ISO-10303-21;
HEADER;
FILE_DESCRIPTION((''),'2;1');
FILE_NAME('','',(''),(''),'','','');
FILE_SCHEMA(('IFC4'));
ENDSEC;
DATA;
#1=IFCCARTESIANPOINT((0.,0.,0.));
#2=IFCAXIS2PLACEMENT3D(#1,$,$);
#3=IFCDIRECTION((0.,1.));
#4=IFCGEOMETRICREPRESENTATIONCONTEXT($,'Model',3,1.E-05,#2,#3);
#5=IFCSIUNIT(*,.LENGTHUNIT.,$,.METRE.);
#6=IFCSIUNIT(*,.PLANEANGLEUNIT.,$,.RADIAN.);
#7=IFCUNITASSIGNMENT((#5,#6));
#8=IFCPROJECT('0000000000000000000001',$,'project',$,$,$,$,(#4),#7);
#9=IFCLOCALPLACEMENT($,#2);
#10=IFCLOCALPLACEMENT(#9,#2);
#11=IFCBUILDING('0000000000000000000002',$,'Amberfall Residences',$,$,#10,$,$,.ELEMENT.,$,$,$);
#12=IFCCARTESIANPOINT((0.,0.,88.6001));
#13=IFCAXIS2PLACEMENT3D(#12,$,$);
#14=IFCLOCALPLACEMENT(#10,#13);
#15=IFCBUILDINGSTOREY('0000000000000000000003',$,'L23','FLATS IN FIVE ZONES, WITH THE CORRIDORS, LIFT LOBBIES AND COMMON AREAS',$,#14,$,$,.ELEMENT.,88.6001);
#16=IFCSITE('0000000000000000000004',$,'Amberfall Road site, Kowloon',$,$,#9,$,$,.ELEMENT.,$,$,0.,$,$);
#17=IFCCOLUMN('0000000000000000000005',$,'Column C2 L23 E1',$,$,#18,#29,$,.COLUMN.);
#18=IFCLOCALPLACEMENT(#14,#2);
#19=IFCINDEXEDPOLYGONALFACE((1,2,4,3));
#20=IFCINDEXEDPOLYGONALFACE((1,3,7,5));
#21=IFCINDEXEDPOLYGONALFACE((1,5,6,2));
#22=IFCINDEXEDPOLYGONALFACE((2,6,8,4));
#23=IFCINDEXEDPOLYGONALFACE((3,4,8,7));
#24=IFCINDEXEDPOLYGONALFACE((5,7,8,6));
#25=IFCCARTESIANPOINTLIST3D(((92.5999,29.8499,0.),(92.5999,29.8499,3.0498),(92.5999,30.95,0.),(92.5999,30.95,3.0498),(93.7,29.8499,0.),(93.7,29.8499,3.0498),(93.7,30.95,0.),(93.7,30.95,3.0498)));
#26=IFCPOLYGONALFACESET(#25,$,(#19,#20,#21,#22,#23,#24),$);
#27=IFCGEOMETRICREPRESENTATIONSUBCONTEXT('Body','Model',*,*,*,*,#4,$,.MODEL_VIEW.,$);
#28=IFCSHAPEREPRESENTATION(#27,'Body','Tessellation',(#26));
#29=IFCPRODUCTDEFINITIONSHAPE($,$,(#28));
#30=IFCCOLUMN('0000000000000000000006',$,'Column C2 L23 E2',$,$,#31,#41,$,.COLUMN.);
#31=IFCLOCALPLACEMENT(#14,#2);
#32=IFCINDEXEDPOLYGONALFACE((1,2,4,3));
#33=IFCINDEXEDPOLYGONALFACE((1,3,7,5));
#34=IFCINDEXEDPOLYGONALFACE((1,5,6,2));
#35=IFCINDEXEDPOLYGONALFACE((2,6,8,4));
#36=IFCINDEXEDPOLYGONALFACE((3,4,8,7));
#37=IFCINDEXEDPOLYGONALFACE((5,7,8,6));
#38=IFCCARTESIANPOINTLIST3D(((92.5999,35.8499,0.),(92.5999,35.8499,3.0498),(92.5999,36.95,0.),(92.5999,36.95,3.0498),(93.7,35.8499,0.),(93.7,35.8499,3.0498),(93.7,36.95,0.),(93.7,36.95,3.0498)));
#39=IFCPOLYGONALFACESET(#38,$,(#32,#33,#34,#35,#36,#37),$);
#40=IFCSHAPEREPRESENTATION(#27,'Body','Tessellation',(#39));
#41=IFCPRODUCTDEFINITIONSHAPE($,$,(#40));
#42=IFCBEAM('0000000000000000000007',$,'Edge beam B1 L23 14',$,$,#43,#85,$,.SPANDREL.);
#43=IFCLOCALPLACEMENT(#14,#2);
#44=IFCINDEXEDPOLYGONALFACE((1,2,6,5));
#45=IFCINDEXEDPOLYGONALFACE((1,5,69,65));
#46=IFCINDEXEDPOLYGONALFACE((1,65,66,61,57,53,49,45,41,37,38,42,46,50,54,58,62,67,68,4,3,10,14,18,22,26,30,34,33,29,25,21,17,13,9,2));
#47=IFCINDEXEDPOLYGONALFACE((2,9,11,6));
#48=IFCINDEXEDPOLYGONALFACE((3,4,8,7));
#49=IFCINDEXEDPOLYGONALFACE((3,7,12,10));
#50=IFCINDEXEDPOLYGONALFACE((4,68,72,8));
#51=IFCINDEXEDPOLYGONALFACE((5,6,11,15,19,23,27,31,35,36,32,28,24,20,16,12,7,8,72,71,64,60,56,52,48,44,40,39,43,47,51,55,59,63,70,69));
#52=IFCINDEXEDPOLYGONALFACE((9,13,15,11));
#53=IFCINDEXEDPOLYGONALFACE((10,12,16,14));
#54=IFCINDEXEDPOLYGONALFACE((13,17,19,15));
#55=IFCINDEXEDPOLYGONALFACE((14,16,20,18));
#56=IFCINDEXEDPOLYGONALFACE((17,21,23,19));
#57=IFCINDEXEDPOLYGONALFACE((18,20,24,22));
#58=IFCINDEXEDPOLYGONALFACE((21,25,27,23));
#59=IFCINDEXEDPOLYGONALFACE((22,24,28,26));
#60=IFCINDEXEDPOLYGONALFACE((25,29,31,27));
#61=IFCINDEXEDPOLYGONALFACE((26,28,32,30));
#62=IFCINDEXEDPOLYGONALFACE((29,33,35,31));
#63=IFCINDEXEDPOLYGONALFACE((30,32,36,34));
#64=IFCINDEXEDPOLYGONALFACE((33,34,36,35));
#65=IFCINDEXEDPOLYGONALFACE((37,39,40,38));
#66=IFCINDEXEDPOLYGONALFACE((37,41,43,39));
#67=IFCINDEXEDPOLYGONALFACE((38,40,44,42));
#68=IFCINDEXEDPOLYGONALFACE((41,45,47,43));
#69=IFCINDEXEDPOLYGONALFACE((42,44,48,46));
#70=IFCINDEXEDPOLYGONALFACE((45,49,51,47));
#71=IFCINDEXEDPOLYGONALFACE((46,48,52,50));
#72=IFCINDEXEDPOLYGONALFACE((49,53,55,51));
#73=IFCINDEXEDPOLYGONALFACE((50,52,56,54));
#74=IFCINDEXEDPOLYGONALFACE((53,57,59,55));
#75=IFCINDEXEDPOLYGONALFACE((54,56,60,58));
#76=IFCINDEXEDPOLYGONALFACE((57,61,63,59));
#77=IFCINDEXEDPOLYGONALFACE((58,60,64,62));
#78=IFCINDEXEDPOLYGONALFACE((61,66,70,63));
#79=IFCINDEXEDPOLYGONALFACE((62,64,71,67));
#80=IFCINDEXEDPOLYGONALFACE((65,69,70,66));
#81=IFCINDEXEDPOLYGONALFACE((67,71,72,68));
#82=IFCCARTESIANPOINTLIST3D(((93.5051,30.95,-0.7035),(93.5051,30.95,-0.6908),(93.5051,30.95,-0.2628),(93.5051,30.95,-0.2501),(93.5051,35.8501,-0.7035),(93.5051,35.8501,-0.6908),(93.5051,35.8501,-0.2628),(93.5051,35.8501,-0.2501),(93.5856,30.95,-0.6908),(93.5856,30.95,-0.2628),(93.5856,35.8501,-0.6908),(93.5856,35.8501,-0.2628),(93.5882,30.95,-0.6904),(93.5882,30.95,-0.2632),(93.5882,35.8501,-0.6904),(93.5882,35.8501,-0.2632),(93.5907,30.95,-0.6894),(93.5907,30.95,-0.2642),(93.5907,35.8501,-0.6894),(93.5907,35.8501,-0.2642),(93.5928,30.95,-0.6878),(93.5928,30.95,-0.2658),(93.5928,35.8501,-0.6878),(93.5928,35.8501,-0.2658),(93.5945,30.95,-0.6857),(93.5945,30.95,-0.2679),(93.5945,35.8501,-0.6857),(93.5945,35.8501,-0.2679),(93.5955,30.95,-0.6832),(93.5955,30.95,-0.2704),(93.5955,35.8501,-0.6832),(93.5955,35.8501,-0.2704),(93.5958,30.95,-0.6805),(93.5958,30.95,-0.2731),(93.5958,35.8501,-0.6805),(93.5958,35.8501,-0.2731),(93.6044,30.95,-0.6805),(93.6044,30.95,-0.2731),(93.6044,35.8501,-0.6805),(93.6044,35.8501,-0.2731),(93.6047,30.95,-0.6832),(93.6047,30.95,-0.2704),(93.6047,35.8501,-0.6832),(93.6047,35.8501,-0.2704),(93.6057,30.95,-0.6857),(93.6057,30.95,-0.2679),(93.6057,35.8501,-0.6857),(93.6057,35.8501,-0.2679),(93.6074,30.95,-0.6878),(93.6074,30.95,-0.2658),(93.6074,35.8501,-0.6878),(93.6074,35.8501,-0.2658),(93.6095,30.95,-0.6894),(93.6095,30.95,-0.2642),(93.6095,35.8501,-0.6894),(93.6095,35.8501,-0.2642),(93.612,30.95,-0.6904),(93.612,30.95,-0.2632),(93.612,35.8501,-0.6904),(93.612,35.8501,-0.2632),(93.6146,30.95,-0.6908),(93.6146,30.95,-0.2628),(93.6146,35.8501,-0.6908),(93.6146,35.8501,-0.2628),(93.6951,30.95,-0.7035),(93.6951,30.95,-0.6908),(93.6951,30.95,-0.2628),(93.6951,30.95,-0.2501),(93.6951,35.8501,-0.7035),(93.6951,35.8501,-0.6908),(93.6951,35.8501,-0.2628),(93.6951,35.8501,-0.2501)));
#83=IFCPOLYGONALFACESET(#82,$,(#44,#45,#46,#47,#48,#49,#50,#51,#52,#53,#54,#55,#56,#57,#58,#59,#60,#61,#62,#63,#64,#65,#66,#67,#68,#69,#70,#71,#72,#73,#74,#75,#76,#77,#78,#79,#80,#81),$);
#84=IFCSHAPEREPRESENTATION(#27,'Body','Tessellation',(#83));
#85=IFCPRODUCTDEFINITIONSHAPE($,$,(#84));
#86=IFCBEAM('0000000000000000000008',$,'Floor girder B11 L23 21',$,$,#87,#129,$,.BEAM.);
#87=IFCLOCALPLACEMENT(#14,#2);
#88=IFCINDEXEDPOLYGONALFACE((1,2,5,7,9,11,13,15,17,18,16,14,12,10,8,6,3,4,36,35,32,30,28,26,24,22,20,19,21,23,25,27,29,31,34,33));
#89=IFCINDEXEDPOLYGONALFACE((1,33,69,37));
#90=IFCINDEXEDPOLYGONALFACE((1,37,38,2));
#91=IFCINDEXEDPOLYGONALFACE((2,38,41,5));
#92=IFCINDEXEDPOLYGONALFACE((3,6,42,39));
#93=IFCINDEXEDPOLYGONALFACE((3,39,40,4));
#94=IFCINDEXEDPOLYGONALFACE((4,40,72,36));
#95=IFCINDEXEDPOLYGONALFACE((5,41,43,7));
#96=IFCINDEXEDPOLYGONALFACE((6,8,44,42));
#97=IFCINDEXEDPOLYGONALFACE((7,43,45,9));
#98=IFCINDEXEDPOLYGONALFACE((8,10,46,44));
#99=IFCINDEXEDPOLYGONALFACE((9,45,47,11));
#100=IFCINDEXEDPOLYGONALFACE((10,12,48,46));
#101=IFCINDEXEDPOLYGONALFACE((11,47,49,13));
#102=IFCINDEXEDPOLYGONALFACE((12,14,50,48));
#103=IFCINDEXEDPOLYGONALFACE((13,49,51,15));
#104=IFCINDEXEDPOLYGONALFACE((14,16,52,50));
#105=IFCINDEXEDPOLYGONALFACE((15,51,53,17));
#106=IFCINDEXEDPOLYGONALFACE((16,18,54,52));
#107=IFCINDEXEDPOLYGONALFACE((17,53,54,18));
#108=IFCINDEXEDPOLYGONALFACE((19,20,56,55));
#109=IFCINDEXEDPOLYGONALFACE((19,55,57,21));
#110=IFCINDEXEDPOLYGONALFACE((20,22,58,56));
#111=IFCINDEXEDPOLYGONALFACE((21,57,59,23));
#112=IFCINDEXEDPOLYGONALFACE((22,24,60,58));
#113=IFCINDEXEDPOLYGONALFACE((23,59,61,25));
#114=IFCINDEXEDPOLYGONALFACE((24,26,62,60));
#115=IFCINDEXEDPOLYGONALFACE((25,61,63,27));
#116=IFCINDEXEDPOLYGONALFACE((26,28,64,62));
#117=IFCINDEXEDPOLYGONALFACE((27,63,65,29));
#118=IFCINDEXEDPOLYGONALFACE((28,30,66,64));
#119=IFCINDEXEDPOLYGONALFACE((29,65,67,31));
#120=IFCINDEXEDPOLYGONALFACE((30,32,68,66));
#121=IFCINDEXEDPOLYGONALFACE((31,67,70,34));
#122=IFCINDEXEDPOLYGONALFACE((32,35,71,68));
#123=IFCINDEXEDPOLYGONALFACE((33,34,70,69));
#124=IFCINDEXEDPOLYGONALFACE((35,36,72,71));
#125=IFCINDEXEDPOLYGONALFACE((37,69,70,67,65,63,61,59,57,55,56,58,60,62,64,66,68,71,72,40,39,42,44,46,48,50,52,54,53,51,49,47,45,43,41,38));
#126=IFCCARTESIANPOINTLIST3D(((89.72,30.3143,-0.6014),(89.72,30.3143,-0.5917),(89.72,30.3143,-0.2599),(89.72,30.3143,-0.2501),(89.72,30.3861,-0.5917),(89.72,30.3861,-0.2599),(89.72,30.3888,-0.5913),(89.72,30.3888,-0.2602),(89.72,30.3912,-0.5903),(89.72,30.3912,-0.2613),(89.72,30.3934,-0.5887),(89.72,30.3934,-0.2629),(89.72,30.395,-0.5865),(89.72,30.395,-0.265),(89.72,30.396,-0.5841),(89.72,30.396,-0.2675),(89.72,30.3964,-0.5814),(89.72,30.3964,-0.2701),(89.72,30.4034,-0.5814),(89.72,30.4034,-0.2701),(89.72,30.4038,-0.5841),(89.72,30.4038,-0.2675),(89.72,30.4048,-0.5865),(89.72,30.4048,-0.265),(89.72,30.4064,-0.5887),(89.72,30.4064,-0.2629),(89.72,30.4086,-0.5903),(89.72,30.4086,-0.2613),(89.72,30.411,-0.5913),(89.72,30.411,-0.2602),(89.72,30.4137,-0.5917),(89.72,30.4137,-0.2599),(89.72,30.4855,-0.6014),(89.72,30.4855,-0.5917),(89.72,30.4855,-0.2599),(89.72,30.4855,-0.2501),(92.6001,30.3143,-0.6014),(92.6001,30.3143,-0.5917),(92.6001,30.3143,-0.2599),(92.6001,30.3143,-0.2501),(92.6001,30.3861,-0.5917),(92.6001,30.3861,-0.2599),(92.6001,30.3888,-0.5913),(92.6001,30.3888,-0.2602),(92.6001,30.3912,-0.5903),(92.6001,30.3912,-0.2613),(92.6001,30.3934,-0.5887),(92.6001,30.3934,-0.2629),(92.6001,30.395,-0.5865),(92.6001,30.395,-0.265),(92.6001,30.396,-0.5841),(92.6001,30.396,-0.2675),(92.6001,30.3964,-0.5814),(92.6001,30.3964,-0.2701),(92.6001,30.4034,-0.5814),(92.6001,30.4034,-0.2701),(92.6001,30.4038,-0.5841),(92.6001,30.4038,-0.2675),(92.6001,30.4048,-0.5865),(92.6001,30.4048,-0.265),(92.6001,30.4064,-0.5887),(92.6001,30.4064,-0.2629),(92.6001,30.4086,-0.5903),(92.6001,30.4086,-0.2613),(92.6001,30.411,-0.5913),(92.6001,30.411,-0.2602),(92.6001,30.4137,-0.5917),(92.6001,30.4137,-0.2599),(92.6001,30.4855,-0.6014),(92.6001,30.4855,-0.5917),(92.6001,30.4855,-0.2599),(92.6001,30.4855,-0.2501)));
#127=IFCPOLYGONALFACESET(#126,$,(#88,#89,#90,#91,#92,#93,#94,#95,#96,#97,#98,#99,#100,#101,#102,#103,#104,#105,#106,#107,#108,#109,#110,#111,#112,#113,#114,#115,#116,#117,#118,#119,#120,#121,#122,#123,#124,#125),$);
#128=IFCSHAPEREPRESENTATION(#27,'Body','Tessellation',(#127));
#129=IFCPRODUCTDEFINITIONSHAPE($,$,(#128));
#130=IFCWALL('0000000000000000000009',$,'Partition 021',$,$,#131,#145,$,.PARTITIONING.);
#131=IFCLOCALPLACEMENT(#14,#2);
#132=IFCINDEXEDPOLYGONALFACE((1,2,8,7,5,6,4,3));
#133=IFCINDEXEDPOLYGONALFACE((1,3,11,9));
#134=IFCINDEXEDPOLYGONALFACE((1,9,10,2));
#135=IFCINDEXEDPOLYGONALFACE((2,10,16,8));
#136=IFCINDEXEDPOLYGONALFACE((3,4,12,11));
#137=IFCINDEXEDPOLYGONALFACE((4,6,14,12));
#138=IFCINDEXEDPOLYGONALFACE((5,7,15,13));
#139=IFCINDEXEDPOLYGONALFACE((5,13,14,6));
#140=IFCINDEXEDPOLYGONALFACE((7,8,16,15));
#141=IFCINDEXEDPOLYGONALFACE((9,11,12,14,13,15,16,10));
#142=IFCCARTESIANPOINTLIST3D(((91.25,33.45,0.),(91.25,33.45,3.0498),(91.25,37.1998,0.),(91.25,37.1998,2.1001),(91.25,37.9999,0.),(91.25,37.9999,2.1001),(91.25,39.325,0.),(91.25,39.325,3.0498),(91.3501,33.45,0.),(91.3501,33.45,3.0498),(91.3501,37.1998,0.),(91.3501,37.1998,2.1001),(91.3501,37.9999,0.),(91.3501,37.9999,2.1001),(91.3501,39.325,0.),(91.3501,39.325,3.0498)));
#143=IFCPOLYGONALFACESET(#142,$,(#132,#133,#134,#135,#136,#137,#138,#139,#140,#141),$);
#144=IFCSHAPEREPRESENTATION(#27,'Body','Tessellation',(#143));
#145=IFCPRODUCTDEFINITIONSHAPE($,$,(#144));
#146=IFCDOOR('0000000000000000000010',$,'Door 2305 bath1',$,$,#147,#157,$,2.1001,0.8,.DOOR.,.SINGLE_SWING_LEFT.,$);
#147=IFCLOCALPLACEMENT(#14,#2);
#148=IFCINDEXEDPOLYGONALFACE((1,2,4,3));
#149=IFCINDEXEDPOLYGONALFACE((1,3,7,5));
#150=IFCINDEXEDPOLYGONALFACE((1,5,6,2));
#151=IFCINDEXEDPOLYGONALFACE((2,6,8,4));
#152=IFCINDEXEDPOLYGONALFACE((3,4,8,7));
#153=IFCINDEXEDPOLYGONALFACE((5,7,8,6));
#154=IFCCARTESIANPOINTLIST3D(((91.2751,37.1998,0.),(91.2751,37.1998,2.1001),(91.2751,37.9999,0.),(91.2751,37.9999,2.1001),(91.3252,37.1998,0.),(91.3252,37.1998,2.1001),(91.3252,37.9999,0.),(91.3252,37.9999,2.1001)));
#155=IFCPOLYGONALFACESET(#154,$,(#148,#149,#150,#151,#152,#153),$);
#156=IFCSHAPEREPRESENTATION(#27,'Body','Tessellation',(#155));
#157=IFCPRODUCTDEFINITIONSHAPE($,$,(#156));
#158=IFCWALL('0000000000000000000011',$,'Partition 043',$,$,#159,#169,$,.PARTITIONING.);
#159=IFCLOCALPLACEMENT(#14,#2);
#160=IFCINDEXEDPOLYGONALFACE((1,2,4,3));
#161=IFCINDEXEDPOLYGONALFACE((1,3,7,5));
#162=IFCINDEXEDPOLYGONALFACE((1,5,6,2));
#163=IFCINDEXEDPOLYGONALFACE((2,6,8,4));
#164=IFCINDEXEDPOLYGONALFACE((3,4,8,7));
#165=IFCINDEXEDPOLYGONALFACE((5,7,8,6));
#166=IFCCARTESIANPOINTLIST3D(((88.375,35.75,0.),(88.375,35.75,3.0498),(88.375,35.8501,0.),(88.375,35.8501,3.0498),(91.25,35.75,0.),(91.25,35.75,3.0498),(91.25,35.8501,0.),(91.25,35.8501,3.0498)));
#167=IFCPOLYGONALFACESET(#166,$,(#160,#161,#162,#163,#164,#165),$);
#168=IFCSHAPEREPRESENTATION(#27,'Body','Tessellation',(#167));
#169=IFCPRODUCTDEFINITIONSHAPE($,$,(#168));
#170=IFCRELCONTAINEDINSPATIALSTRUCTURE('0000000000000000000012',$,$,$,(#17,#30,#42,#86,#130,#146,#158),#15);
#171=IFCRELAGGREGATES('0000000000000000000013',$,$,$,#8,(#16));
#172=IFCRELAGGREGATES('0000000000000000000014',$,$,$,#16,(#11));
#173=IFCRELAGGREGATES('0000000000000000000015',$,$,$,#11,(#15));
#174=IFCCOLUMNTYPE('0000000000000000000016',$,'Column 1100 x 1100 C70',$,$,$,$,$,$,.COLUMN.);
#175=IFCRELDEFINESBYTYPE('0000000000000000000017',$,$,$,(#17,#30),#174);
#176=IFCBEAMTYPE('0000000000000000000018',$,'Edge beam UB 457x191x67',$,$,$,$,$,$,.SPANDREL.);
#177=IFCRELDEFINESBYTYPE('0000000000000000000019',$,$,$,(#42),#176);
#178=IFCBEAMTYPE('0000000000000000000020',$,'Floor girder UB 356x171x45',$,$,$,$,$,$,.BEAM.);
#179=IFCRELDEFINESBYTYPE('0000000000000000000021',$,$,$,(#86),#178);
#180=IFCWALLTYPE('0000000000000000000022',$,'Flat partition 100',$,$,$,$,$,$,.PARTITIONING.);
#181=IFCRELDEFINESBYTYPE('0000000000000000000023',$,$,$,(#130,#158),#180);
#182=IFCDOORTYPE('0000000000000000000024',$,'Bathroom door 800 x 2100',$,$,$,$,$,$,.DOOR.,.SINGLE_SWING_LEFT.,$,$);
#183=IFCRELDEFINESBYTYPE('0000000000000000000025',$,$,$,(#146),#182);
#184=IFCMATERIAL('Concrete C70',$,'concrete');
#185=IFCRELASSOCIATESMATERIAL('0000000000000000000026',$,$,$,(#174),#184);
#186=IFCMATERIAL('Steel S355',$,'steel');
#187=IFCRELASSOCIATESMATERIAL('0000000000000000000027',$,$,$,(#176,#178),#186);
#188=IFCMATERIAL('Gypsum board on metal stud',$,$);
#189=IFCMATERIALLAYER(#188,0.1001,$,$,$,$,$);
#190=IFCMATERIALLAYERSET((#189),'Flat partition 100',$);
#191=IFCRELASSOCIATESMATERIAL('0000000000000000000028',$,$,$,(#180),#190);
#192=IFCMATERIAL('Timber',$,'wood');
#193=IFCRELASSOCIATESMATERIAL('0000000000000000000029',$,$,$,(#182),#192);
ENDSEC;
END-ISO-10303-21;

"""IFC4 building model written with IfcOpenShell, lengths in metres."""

from ifc_helpers import new_model, si_unit, direction, frame, frame_2d, origin, origin_2d, place, context, subcontext, project, spatial, rectangle, i_section, extrude, material, layer, layer_set, material_profile, profile_set, type_object, element, fill, save


model = new_model("IFC4")

# Units and contexts
model_context = context("Model", 3, precision=1e-05, world=origin(), true_north=direction((0.0, 1.0)))
body_context = subcontext(model_context, "Body", "Model", "MODEL_VIEW")
ifc_project = project(units=[si_unit("LENGTHUNIT", "METRE"), si_unit("PLANEANGLEUNIT", "RADIAN")], contexts=[model_context])

# Site, building, storey
site_placement = place(None, origin())
site = spatial("IfcSite", under=ifc_project, at=site_placement, Name="Amberfall Road site, Kowloon", CompositionType="ELEMENT", RefElevation=0.0)
building_placement = place(site_placement, origin())
building = spatial("IfcBuilding", under=site, at=building_placement, Name="Amberfall Residences", CompositionType="ELEMENT")
storey_placement = place(building_placement, frame((0.0, 0.0, 88.6001)))
storey = spatial("IfcBuildingStorey", under=building, at=storey_placement, Name="L23", Description="FLATS IN FIVE ZONES, WITH THE CORRIDORS, LIFT LOBBIES AND COMMON AREAS", CompositionType="ELEMENT", Elevation=88.6001)

# Columns
ifc_material_1 = material(Name="Concrete C70", Category="concrete")
ifc_material_profile_1 = material_profile(ifc_material_1, rectangle(XDim=1.1001, YDim=1.1001, at=origin_2d()), Name="Column 1100 x 1100 C70")
ifc_profile_set_1 = profile_set([ifc_material_profile_1], Name="Concrete C70")
column_type = type_object("IfcColumnType", Name="Column 1100 x 1100 C70", PredefinedType="COLUMN", material=ifc_profile_set_1)
for number, where, z_axis, x_axis, name in (
    (1, (93.1499, 30.3999, 0.0), (0.0, 0.0, 1.0), (1.0, 0.0, 0.0), "Column C2 L23 E1"),
    (2, (93.1499, 36.3999, 0.0), (0.0, 0.0, 1.0), (1.0, 0.0, 0.0), "Column C2 L23 E2"),
):
    element("IfcColumn", number, at=place(storey_placement, frame(where, z_axis=z_axis, x_axis=x_axis)), inside=storey, type_object=column_type, Name=name, PredefinedType="COLUMN", context=body_context, shape_type="SweptSolid", body=[
        extrude(rectangle(XDim=1.1001, YDim=1.1001, at=origin_2d()), origin(), (0.0, 0.0, 1.0), 3.0498),
    ])

# Beams
ifc_material_2 = material(Name="Steel S355", Category="steel")
ifc_material_profile_2 = material_profile(ifc_material_2, i_section(OverallWidth=0.1899, OverallDepth=0.4534, WebThickness=0.0085, FlangeThickness=0.0127, FilletRadius=0.0103, at=origin_2d()), Name="UB 457x191x67")
ifc_profile_set_2 = profile_set([ifc_material_profile_2], Name="Steel S355")
beam_type_1 = type_object("IfcBeamType", Name="Edge beam UB 457x191x67", PredefinedType="SPANDREL", material=ifc_profile_set_2)
beam_1_placement = place(storey_placement, frame((93.6001, 30.95, -0.4768), z_axis=(0.0, 1.0, 0.0), x_axis=(-1.0, 0.0, 0.0)))
element("IfcBeam", 3, at=beam_1_placement, inside=storey, type_object=beam_type_1, Name="Edge beam B1 L23 14", PredefinedType="SPANDREL", context=body_context, shape_type="SweptSolid", body=[
    extrude(i_section(OverallWidth=0.1899, OverallDepth=0.4534, WebThickness=0.0085, FlangeThickness=0.0127, FilletRadius=0.0103, at=origin_2d()), origin(), (0.0, 0.0, 1.0), 4.9001),
])
ifc_material_profile_3 = material_profile(ifc_material_2, i_section(OverallWidth=0.1711, OverallDepth=0.3513, WebThickness=0.0071, FlangeThickness=0.0098, FilletRadius=0.0103, at=origin_2d()), Name="UB 356x171x45")
ifc_profile_set_3 = profile_set([ifc_material_profile_3], Name="Steel S355")
beam_type_2 = type_object("IfcBeamType", Name="Floor girder UB 356x171x45", PredefinedType="BEAM", material=ifc_profile_set_3)
beam_2_placement = place(storey_placement, frame((92.6001, 30.3999, -0.4258), z_axis=(-1.0, 0.0, 0.0), x_axis=(0.0, -1.0, 0.0)))
element("IfcBeam", 4, at=beam_2_placement, inside=storey, type_object=beam_type_2, Name="Floor girder B11 L23 21", PredefinedType="BEAM", context=body_context, shape_type="SweptSolid", body=[
    extrude(i_section(OverallWidth=0.1711, OverallDepth=0.3513, WebThickness=0.0071, FlangeThickness=0.0098, FilletRadius=0.0103, at=origin_2d()), origin(), (0.0, 0.0, 1.0), 2.8801),
])

# Wall, opening, door
ifc_material_3 = material(Name="Gypsum board on metal stud")
ifc_layer_1 = layer(ifc_material_3, 0.1001)
ifc_layer_set_1 = layer_set([ifc_layer_1], Name="Flat partition 100")
wall_type_1 = type_object("IfcWallType", Name="Flat partition 100", PredefinedType="PARTITIONING", material=ifc_layer_set_1)
wall_1_placement = place(storey_placement, frame((91.3, 33.45, 0.0), z_axis=(0.0, 0.0, 1.0), x_axis=(0.0, 1.0, 0.0)))
wall_1 = element("IfcWall", 5, at=wall_1_placement, inside=storey, type_object=wall_type_1, Name="Partition 021", PredefinedType="PARTITIONING", context=body_context, shape_type="SweptSolid", body=[
    extrude(rectangle(XDim=5.875, YDim=0.1001, at=frame_2d((2.9375, 0.0))), origin(), (0.0, 0.0, 1.0), 3.0498),
])
opening_1_placement = place(wall_1_placement, frame((3.75, 0.0, 0.0)))
opening_1 = element("IfcOpeningElement", 6, at=opening_1_placement, cuts=wall_1, PredefinedType="OPENING", context=body_context, shape_type="SweptSolid", body=[
    extrude(rectangle(XDim=0.8, YDim=2.1001, at=frame_2d((0.3999, 1.05))), frame((0.0, 0.0601, 0.0), z_axis=(0.0, -1.0, 0.0), x_axis=(1.0, 0.0, 0.0)), (0.0, 0.0, 1.0), 0.1201),
])
ifc_material_4 = material(Name="Timber", Category="wood")
door_type_1 = type_object("IfcDoorType", Name="Bathroom door 800 x 2100", OperationType="SINGLE_SWING_LEFT", PredefinedType="DOOR", material=ifc_material_4)
door_1_placement = place(opening_1_placement, origin())
door_1 = element("IfcDoor", 7, at=door_1_placement, inside=storey, type_object=door_type_1, Name="Door 2305 bath1", OperationType="SINGLE_SWING_LEFT", OverallHeight=2.1001, OverallWidth=0.8, PredefinedType="DOOR", context=body_context, shape_type="SweptSolid", body=[
    extrude(rectangle(XDim=0.8, YDim=2.1001, at=frame_2d((0.3999, 1.05))), frame((0.0, 0.0249, 0.0), z_axis=(0.0, -1.0, 0.0), x_axis=(1.0, 0.0, 0.0)), (0.0, 0.0, 1.0), 0.05),
])
fill(opening_1, door_1)

# Wall
wall_2_placement = place(storey_placement, frame((88.375, 35.8, 0.0), z_axis=(0.0, 0.0, 1.0), x_axis=(1.0, 0.0, 0.0)))
element("IfcWall", 8, at=wall_2_placement, inside=storey, type_object=wall_type_1, Name="Partition 043", PredefinedType="PARTITIONING", context=body_context, shape_type="SweptSolid", body=[
    extrude(rectangle(XDim=2.875, YDim=0.1001, at=frame_2d((1.4375, 0.0))), origin(), (0.0, 0.0, 1.0), 3.0498),
])

save(model, "model.ifc")
